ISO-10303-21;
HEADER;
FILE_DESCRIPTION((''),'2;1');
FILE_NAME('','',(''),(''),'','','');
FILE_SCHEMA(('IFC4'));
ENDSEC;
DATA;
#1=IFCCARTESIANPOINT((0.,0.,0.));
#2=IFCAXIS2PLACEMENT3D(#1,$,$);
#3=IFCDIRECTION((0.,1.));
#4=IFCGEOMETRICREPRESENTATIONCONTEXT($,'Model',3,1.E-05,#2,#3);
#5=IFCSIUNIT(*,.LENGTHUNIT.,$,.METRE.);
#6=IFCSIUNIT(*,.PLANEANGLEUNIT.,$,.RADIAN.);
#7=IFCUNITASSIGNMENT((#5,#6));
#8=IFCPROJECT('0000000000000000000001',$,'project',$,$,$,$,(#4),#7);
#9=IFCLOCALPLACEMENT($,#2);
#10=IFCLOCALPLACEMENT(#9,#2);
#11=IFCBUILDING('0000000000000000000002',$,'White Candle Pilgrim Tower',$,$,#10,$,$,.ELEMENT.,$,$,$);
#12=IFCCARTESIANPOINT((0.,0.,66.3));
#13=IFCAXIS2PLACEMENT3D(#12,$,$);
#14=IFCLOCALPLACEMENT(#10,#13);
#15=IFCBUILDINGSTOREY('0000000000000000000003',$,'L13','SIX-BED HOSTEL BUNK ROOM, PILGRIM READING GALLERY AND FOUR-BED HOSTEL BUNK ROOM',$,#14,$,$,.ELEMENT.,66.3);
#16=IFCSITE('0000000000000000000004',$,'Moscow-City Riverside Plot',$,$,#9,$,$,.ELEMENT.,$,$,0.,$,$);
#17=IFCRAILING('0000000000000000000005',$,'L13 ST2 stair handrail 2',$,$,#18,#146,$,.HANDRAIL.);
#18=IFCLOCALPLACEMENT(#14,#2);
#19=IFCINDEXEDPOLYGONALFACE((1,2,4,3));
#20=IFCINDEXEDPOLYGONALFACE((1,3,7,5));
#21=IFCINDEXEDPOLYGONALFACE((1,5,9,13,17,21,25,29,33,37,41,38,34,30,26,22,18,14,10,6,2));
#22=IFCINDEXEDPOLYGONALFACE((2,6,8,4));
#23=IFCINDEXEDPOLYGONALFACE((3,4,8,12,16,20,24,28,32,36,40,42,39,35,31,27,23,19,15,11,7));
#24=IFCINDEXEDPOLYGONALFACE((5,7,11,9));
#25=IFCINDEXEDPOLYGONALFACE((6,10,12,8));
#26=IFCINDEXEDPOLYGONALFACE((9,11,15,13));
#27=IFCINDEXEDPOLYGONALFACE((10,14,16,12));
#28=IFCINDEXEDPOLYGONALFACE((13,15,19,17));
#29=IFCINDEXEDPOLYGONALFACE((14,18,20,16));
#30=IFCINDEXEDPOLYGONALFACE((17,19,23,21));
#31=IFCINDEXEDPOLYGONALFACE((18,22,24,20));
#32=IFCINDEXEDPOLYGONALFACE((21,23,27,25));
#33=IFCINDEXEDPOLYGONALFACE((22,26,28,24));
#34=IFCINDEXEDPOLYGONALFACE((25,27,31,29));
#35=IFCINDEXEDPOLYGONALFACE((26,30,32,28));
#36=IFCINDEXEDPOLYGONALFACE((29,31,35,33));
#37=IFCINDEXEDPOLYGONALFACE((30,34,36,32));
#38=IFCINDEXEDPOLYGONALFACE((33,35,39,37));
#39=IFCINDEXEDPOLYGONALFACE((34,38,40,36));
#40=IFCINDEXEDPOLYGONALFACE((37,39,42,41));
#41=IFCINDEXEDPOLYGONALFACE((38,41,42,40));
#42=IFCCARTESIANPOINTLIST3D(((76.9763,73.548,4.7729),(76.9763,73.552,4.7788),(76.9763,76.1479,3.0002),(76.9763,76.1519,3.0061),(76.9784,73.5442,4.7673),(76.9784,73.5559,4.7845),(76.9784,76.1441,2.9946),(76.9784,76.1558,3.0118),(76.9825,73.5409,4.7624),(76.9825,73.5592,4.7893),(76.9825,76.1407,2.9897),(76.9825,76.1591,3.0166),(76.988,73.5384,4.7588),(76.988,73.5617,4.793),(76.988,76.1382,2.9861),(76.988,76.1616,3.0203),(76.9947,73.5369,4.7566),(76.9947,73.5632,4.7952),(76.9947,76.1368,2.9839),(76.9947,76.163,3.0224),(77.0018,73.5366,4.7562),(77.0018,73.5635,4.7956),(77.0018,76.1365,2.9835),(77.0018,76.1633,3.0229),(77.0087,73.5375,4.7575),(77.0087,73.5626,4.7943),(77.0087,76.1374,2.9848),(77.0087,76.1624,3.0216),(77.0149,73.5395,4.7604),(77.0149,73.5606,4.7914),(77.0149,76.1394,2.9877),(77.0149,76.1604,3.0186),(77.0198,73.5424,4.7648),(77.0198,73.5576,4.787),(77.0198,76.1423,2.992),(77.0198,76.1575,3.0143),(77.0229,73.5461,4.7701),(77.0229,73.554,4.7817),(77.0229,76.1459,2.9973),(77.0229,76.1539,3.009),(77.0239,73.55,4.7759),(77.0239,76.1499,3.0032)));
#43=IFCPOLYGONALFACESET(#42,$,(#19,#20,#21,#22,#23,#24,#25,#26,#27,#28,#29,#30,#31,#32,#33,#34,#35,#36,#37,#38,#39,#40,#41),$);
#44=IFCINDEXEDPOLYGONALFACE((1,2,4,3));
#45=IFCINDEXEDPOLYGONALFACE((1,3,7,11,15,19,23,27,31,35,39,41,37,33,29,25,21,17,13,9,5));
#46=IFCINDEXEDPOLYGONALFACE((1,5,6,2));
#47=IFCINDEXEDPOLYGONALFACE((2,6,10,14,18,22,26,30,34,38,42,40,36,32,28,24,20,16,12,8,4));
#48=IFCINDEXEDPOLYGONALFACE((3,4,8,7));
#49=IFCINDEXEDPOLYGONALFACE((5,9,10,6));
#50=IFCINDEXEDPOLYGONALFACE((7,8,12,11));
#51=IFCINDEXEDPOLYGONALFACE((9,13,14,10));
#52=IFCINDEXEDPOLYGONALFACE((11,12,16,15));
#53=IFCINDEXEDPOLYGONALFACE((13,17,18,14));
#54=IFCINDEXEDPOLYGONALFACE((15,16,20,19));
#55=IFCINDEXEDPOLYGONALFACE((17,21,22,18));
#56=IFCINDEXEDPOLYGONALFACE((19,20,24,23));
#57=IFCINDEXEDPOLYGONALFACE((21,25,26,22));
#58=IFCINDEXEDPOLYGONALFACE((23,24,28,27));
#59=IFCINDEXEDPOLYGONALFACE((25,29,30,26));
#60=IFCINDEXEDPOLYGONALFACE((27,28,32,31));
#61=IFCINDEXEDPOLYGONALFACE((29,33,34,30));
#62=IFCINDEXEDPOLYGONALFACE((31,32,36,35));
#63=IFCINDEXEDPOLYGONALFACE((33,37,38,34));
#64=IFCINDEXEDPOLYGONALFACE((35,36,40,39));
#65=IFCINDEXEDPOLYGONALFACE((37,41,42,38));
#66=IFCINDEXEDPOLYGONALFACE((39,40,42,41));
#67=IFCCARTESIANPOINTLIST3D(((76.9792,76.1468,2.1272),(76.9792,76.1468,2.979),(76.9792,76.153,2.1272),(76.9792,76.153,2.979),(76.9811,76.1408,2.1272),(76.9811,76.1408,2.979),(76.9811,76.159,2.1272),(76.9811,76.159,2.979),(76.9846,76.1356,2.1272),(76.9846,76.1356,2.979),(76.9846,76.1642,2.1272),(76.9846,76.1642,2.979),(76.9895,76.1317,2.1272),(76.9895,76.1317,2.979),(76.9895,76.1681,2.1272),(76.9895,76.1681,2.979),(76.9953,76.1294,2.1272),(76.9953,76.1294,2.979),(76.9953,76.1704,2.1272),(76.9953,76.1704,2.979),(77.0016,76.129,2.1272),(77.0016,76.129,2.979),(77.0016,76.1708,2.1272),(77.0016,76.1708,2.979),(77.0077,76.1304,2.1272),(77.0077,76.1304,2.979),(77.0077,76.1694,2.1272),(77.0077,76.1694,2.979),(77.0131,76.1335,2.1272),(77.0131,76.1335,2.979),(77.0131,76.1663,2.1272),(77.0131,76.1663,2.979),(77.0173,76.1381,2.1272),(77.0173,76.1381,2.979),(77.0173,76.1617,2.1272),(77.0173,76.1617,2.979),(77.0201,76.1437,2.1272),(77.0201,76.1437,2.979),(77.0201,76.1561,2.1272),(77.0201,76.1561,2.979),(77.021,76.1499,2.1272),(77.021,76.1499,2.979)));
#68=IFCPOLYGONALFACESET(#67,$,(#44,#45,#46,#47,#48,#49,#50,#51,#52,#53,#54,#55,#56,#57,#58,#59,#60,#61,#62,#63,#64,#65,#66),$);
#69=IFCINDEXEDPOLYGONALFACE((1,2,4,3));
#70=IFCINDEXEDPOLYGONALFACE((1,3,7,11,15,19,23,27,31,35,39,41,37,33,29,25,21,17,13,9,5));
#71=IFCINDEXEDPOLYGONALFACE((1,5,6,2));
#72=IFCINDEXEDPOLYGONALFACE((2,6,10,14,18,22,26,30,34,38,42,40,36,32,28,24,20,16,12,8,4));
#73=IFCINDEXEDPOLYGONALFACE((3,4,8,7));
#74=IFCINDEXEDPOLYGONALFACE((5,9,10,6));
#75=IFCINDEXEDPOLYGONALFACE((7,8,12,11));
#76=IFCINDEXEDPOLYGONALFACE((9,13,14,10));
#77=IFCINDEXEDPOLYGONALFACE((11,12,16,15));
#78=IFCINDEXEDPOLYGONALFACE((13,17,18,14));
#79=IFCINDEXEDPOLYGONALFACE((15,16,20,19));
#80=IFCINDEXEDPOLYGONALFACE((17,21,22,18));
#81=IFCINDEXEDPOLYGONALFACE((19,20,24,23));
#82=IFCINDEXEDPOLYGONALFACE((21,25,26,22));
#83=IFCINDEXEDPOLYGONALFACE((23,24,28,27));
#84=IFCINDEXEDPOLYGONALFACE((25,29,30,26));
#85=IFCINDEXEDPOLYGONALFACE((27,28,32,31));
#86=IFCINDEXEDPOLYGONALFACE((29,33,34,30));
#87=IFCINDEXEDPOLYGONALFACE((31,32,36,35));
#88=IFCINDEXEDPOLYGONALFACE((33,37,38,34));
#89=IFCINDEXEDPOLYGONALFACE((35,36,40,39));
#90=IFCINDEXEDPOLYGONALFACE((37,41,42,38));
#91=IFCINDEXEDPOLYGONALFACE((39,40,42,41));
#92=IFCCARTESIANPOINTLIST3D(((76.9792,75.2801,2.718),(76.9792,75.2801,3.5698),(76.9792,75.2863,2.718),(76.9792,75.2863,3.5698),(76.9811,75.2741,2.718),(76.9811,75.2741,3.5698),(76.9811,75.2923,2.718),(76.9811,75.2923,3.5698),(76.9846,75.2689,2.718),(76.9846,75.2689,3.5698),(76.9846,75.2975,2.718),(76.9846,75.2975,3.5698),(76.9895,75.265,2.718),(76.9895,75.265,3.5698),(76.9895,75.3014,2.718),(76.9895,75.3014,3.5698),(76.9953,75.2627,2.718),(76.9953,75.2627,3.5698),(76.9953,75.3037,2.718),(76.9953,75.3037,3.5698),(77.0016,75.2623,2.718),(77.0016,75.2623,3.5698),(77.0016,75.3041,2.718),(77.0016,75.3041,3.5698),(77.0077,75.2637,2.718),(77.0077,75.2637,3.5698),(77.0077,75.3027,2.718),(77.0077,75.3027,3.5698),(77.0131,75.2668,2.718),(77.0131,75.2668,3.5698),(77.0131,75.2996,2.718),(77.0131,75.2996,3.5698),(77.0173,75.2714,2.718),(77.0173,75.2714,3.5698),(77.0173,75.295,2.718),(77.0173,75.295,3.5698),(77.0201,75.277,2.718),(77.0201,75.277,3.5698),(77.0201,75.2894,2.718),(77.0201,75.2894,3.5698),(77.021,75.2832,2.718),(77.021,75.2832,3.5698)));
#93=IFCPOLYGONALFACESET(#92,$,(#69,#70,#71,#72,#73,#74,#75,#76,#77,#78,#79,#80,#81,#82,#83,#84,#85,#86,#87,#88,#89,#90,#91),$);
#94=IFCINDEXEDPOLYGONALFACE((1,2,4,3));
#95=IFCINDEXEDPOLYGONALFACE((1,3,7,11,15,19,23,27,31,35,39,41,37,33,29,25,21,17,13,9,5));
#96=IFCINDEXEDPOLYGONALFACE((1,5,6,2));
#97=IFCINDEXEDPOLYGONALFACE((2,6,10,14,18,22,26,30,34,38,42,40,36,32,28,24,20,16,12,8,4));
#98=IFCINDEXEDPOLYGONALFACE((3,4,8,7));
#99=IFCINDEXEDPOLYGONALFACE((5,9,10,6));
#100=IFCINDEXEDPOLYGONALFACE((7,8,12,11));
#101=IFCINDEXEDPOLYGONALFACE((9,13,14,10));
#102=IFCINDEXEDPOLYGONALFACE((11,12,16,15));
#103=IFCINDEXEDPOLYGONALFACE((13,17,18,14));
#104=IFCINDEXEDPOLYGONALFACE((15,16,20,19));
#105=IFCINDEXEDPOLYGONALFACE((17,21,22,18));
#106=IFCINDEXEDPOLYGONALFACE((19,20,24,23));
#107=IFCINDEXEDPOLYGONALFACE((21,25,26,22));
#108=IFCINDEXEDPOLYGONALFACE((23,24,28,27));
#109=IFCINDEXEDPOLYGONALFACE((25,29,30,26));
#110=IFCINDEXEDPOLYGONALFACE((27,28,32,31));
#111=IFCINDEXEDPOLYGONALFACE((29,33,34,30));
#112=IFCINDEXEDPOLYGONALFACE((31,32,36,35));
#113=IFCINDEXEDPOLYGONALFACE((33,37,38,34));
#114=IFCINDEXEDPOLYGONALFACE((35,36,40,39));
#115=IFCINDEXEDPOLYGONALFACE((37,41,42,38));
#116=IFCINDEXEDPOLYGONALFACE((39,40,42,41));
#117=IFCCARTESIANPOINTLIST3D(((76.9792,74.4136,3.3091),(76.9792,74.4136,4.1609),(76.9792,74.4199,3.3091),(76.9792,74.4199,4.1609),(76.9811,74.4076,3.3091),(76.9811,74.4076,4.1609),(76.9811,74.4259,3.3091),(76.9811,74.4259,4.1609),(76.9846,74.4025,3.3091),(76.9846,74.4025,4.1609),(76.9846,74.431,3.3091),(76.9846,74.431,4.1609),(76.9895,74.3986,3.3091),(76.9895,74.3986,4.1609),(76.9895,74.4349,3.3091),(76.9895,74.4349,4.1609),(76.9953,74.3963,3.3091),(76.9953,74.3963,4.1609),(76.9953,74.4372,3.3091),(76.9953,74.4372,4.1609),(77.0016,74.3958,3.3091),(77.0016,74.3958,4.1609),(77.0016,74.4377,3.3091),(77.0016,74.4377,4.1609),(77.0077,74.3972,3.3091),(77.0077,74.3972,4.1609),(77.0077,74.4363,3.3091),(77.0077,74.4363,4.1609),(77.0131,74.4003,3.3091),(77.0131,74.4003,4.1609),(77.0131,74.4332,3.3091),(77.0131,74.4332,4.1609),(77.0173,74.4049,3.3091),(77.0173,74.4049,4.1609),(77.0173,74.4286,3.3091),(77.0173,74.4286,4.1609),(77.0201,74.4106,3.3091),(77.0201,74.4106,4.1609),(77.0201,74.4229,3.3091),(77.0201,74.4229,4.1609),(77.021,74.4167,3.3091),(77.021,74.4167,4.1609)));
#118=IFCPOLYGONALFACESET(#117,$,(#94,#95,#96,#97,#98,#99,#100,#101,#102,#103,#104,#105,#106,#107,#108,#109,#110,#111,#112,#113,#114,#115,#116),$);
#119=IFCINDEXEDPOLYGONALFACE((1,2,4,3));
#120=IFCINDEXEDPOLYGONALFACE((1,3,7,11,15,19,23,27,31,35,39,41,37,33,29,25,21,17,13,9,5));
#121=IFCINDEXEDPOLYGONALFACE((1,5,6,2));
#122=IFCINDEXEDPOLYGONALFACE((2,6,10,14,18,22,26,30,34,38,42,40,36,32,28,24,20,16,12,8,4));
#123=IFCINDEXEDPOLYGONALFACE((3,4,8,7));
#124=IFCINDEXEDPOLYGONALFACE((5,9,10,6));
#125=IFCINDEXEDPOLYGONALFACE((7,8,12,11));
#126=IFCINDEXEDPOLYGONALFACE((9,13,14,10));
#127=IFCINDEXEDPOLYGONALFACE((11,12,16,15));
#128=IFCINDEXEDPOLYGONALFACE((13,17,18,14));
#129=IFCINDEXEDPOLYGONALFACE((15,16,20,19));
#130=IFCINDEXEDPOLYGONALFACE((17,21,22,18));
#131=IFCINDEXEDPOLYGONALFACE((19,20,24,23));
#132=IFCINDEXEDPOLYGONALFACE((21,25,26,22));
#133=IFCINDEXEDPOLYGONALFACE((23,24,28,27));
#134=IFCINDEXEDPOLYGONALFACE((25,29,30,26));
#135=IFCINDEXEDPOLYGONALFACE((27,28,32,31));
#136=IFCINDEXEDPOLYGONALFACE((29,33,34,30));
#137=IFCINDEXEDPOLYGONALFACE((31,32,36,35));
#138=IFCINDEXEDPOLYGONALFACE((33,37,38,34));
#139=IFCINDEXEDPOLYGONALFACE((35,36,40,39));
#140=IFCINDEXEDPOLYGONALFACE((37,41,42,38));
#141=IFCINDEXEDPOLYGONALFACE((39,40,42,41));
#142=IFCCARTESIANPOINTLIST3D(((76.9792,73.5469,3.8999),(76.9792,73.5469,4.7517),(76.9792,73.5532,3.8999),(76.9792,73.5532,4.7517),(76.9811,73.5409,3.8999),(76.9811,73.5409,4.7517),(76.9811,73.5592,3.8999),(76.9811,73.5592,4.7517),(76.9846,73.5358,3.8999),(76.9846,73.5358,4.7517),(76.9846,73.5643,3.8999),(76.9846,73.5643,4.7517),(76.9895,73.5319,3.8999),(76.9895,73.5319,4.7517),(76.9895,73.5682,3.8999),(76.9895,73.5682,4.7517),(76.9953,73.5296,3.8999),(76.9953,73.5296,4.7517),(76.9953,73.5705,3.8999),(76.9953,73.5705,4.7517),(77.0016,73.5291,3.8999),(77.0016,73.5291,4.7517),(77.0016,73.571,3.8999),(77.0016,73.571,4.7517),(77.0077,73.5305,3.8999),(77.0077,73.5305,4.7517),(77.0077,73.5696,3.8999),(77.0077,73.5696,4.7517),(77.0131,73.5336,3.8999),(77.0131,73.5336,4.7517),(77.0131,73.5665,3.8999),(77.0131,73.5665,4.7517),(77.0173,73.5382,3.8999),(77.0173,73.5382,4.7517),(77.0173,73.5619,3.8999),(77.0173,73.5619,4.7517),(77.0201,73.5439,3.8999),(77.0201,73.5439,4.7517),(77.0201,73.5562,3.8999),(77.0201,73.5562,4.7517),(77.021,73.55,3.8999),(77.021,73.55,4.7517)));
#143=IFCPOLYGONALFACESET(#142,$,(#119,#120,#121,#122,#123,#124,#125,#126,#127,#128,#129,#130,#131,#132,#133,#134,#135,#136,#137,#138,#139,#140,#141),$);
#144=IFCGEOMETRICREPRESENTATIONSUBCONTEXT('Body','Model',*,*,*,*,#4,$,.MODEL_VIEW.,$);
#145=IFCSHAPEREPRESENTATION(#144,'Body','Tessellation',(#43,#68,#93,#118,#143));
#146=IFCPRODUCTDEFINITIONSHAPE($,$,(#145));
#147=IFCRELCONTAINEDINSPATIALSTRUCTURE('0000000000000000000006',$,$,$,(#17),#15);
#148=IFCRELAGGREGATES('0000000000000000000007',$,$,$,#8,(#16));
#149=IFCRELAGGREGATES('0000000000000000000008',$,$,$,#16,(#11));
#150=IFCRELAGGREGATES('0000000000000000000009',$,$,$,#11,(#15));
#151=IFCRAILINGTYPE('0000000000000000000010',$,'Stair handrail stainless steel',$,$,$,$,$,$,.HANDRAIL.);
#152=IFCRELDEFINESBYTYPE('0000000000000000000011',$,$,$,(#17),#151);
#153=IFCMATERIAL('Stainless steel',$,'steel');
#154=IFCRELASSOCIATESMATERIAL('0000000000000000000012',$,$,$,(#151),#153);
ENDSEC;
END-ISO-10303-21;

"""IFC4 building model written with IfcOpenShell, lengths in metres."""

from ifc_helpers import new_model, si_unit, direction, frame, origin, origin_2d, place, context, subcontext, project, spatial, circle, extrude, material, type_object, element, save


model = new_model("IFC4")

# Units and contexts
model_context = context("Model", 3, precision=1e-05, world=origin(), true_north=direction((0.0, 1.0)))
body_context = subcontext(model_context, "Body", "Model", "MODEL_VIEW")
ifc_project = project(units=[si_unit("LENGTHUNIT", "METRE"), si_unit("PLANEANGLEUNIT", "RADIAN")], contexts=[model_context])

# Site, building, storey
site_placement = place(None, origin())
site = spatial("IfcSite", under=ifc_project, at=site_placement, Name="Moscow-City Riverside Plot", CompositionType="ELEMENT", RefElevation=0.0)
building_placement = place(site_placement, origin())
building = spatial("IfcBuilding", under=site, at=building_placement, Name="White Candle Pilgrim Tower", CompositionType="ELEMENT")
storey_placement = place(building_placement, frame((0.0, 0.0, 66.3)))
storey = spatial("IfcBuildingStorey", under=building, at=storey_placement, Name="L13", Description="SIX-BED HOSTEL BUNK ROOM, PILGRIM READING GALLERY AND FOUR-BED HOSTEL BUNK ROOM", CompositionType="ELEMENT", Elevation=66.3)

# Railing
ifc_material_1 = material(Name="Stainless steel", Category="steel")
railing_type_1 = type_object("IfcRailingType", Name="Stair handrail stainless steel", PredefinedType="HANDRAIL", material=ifc_material_1)
railing_1_placement = place(storey_placement, frame((77.0, 76.1499, 2.1272)))
element("IfcRailing", 1, at=railing_1_placement, inside=storey, type_object=railing_type_1, Name="L13 ST2 stair handrail 2", PredefinedType="HANDRAIL", context=body_context, shape_type="SweptSolid", body=[
    extrude(circle(Radius=0.0239, at=origin_2d()), frame((0.0, 0.0, 0.876), z_axis=(0.0, -0.826216, 0.563354), x_axis=(1.0, 0.0, 0.0)), (0.0, 0.0, 1.0), 3.1467),
    extrude(circle(Radius=0.021, at=origin_2d()), origin(), (0.0, 0.0, 1.0), 0.8518),
    extrude(circle(Radius=0.021, at=origin_2d()), frame((0.0, -0.8667, 0.5908)), (0.0, 0.0, 1.0), 0.8518),
    extrude(circle(Radius=0.021, at=origin_2d()), frame((0.0, -1.7332, 1.1819)), (0.0, 0.0, 1.0), 0.8518),
    extrude(circle(Radius=0.021, at=origin_2d()), frame((0.0, -2.5999, 1.7727)), (0.0, 0.0, 1.0), 0.8518),
])

save(model, "model.ifc")
